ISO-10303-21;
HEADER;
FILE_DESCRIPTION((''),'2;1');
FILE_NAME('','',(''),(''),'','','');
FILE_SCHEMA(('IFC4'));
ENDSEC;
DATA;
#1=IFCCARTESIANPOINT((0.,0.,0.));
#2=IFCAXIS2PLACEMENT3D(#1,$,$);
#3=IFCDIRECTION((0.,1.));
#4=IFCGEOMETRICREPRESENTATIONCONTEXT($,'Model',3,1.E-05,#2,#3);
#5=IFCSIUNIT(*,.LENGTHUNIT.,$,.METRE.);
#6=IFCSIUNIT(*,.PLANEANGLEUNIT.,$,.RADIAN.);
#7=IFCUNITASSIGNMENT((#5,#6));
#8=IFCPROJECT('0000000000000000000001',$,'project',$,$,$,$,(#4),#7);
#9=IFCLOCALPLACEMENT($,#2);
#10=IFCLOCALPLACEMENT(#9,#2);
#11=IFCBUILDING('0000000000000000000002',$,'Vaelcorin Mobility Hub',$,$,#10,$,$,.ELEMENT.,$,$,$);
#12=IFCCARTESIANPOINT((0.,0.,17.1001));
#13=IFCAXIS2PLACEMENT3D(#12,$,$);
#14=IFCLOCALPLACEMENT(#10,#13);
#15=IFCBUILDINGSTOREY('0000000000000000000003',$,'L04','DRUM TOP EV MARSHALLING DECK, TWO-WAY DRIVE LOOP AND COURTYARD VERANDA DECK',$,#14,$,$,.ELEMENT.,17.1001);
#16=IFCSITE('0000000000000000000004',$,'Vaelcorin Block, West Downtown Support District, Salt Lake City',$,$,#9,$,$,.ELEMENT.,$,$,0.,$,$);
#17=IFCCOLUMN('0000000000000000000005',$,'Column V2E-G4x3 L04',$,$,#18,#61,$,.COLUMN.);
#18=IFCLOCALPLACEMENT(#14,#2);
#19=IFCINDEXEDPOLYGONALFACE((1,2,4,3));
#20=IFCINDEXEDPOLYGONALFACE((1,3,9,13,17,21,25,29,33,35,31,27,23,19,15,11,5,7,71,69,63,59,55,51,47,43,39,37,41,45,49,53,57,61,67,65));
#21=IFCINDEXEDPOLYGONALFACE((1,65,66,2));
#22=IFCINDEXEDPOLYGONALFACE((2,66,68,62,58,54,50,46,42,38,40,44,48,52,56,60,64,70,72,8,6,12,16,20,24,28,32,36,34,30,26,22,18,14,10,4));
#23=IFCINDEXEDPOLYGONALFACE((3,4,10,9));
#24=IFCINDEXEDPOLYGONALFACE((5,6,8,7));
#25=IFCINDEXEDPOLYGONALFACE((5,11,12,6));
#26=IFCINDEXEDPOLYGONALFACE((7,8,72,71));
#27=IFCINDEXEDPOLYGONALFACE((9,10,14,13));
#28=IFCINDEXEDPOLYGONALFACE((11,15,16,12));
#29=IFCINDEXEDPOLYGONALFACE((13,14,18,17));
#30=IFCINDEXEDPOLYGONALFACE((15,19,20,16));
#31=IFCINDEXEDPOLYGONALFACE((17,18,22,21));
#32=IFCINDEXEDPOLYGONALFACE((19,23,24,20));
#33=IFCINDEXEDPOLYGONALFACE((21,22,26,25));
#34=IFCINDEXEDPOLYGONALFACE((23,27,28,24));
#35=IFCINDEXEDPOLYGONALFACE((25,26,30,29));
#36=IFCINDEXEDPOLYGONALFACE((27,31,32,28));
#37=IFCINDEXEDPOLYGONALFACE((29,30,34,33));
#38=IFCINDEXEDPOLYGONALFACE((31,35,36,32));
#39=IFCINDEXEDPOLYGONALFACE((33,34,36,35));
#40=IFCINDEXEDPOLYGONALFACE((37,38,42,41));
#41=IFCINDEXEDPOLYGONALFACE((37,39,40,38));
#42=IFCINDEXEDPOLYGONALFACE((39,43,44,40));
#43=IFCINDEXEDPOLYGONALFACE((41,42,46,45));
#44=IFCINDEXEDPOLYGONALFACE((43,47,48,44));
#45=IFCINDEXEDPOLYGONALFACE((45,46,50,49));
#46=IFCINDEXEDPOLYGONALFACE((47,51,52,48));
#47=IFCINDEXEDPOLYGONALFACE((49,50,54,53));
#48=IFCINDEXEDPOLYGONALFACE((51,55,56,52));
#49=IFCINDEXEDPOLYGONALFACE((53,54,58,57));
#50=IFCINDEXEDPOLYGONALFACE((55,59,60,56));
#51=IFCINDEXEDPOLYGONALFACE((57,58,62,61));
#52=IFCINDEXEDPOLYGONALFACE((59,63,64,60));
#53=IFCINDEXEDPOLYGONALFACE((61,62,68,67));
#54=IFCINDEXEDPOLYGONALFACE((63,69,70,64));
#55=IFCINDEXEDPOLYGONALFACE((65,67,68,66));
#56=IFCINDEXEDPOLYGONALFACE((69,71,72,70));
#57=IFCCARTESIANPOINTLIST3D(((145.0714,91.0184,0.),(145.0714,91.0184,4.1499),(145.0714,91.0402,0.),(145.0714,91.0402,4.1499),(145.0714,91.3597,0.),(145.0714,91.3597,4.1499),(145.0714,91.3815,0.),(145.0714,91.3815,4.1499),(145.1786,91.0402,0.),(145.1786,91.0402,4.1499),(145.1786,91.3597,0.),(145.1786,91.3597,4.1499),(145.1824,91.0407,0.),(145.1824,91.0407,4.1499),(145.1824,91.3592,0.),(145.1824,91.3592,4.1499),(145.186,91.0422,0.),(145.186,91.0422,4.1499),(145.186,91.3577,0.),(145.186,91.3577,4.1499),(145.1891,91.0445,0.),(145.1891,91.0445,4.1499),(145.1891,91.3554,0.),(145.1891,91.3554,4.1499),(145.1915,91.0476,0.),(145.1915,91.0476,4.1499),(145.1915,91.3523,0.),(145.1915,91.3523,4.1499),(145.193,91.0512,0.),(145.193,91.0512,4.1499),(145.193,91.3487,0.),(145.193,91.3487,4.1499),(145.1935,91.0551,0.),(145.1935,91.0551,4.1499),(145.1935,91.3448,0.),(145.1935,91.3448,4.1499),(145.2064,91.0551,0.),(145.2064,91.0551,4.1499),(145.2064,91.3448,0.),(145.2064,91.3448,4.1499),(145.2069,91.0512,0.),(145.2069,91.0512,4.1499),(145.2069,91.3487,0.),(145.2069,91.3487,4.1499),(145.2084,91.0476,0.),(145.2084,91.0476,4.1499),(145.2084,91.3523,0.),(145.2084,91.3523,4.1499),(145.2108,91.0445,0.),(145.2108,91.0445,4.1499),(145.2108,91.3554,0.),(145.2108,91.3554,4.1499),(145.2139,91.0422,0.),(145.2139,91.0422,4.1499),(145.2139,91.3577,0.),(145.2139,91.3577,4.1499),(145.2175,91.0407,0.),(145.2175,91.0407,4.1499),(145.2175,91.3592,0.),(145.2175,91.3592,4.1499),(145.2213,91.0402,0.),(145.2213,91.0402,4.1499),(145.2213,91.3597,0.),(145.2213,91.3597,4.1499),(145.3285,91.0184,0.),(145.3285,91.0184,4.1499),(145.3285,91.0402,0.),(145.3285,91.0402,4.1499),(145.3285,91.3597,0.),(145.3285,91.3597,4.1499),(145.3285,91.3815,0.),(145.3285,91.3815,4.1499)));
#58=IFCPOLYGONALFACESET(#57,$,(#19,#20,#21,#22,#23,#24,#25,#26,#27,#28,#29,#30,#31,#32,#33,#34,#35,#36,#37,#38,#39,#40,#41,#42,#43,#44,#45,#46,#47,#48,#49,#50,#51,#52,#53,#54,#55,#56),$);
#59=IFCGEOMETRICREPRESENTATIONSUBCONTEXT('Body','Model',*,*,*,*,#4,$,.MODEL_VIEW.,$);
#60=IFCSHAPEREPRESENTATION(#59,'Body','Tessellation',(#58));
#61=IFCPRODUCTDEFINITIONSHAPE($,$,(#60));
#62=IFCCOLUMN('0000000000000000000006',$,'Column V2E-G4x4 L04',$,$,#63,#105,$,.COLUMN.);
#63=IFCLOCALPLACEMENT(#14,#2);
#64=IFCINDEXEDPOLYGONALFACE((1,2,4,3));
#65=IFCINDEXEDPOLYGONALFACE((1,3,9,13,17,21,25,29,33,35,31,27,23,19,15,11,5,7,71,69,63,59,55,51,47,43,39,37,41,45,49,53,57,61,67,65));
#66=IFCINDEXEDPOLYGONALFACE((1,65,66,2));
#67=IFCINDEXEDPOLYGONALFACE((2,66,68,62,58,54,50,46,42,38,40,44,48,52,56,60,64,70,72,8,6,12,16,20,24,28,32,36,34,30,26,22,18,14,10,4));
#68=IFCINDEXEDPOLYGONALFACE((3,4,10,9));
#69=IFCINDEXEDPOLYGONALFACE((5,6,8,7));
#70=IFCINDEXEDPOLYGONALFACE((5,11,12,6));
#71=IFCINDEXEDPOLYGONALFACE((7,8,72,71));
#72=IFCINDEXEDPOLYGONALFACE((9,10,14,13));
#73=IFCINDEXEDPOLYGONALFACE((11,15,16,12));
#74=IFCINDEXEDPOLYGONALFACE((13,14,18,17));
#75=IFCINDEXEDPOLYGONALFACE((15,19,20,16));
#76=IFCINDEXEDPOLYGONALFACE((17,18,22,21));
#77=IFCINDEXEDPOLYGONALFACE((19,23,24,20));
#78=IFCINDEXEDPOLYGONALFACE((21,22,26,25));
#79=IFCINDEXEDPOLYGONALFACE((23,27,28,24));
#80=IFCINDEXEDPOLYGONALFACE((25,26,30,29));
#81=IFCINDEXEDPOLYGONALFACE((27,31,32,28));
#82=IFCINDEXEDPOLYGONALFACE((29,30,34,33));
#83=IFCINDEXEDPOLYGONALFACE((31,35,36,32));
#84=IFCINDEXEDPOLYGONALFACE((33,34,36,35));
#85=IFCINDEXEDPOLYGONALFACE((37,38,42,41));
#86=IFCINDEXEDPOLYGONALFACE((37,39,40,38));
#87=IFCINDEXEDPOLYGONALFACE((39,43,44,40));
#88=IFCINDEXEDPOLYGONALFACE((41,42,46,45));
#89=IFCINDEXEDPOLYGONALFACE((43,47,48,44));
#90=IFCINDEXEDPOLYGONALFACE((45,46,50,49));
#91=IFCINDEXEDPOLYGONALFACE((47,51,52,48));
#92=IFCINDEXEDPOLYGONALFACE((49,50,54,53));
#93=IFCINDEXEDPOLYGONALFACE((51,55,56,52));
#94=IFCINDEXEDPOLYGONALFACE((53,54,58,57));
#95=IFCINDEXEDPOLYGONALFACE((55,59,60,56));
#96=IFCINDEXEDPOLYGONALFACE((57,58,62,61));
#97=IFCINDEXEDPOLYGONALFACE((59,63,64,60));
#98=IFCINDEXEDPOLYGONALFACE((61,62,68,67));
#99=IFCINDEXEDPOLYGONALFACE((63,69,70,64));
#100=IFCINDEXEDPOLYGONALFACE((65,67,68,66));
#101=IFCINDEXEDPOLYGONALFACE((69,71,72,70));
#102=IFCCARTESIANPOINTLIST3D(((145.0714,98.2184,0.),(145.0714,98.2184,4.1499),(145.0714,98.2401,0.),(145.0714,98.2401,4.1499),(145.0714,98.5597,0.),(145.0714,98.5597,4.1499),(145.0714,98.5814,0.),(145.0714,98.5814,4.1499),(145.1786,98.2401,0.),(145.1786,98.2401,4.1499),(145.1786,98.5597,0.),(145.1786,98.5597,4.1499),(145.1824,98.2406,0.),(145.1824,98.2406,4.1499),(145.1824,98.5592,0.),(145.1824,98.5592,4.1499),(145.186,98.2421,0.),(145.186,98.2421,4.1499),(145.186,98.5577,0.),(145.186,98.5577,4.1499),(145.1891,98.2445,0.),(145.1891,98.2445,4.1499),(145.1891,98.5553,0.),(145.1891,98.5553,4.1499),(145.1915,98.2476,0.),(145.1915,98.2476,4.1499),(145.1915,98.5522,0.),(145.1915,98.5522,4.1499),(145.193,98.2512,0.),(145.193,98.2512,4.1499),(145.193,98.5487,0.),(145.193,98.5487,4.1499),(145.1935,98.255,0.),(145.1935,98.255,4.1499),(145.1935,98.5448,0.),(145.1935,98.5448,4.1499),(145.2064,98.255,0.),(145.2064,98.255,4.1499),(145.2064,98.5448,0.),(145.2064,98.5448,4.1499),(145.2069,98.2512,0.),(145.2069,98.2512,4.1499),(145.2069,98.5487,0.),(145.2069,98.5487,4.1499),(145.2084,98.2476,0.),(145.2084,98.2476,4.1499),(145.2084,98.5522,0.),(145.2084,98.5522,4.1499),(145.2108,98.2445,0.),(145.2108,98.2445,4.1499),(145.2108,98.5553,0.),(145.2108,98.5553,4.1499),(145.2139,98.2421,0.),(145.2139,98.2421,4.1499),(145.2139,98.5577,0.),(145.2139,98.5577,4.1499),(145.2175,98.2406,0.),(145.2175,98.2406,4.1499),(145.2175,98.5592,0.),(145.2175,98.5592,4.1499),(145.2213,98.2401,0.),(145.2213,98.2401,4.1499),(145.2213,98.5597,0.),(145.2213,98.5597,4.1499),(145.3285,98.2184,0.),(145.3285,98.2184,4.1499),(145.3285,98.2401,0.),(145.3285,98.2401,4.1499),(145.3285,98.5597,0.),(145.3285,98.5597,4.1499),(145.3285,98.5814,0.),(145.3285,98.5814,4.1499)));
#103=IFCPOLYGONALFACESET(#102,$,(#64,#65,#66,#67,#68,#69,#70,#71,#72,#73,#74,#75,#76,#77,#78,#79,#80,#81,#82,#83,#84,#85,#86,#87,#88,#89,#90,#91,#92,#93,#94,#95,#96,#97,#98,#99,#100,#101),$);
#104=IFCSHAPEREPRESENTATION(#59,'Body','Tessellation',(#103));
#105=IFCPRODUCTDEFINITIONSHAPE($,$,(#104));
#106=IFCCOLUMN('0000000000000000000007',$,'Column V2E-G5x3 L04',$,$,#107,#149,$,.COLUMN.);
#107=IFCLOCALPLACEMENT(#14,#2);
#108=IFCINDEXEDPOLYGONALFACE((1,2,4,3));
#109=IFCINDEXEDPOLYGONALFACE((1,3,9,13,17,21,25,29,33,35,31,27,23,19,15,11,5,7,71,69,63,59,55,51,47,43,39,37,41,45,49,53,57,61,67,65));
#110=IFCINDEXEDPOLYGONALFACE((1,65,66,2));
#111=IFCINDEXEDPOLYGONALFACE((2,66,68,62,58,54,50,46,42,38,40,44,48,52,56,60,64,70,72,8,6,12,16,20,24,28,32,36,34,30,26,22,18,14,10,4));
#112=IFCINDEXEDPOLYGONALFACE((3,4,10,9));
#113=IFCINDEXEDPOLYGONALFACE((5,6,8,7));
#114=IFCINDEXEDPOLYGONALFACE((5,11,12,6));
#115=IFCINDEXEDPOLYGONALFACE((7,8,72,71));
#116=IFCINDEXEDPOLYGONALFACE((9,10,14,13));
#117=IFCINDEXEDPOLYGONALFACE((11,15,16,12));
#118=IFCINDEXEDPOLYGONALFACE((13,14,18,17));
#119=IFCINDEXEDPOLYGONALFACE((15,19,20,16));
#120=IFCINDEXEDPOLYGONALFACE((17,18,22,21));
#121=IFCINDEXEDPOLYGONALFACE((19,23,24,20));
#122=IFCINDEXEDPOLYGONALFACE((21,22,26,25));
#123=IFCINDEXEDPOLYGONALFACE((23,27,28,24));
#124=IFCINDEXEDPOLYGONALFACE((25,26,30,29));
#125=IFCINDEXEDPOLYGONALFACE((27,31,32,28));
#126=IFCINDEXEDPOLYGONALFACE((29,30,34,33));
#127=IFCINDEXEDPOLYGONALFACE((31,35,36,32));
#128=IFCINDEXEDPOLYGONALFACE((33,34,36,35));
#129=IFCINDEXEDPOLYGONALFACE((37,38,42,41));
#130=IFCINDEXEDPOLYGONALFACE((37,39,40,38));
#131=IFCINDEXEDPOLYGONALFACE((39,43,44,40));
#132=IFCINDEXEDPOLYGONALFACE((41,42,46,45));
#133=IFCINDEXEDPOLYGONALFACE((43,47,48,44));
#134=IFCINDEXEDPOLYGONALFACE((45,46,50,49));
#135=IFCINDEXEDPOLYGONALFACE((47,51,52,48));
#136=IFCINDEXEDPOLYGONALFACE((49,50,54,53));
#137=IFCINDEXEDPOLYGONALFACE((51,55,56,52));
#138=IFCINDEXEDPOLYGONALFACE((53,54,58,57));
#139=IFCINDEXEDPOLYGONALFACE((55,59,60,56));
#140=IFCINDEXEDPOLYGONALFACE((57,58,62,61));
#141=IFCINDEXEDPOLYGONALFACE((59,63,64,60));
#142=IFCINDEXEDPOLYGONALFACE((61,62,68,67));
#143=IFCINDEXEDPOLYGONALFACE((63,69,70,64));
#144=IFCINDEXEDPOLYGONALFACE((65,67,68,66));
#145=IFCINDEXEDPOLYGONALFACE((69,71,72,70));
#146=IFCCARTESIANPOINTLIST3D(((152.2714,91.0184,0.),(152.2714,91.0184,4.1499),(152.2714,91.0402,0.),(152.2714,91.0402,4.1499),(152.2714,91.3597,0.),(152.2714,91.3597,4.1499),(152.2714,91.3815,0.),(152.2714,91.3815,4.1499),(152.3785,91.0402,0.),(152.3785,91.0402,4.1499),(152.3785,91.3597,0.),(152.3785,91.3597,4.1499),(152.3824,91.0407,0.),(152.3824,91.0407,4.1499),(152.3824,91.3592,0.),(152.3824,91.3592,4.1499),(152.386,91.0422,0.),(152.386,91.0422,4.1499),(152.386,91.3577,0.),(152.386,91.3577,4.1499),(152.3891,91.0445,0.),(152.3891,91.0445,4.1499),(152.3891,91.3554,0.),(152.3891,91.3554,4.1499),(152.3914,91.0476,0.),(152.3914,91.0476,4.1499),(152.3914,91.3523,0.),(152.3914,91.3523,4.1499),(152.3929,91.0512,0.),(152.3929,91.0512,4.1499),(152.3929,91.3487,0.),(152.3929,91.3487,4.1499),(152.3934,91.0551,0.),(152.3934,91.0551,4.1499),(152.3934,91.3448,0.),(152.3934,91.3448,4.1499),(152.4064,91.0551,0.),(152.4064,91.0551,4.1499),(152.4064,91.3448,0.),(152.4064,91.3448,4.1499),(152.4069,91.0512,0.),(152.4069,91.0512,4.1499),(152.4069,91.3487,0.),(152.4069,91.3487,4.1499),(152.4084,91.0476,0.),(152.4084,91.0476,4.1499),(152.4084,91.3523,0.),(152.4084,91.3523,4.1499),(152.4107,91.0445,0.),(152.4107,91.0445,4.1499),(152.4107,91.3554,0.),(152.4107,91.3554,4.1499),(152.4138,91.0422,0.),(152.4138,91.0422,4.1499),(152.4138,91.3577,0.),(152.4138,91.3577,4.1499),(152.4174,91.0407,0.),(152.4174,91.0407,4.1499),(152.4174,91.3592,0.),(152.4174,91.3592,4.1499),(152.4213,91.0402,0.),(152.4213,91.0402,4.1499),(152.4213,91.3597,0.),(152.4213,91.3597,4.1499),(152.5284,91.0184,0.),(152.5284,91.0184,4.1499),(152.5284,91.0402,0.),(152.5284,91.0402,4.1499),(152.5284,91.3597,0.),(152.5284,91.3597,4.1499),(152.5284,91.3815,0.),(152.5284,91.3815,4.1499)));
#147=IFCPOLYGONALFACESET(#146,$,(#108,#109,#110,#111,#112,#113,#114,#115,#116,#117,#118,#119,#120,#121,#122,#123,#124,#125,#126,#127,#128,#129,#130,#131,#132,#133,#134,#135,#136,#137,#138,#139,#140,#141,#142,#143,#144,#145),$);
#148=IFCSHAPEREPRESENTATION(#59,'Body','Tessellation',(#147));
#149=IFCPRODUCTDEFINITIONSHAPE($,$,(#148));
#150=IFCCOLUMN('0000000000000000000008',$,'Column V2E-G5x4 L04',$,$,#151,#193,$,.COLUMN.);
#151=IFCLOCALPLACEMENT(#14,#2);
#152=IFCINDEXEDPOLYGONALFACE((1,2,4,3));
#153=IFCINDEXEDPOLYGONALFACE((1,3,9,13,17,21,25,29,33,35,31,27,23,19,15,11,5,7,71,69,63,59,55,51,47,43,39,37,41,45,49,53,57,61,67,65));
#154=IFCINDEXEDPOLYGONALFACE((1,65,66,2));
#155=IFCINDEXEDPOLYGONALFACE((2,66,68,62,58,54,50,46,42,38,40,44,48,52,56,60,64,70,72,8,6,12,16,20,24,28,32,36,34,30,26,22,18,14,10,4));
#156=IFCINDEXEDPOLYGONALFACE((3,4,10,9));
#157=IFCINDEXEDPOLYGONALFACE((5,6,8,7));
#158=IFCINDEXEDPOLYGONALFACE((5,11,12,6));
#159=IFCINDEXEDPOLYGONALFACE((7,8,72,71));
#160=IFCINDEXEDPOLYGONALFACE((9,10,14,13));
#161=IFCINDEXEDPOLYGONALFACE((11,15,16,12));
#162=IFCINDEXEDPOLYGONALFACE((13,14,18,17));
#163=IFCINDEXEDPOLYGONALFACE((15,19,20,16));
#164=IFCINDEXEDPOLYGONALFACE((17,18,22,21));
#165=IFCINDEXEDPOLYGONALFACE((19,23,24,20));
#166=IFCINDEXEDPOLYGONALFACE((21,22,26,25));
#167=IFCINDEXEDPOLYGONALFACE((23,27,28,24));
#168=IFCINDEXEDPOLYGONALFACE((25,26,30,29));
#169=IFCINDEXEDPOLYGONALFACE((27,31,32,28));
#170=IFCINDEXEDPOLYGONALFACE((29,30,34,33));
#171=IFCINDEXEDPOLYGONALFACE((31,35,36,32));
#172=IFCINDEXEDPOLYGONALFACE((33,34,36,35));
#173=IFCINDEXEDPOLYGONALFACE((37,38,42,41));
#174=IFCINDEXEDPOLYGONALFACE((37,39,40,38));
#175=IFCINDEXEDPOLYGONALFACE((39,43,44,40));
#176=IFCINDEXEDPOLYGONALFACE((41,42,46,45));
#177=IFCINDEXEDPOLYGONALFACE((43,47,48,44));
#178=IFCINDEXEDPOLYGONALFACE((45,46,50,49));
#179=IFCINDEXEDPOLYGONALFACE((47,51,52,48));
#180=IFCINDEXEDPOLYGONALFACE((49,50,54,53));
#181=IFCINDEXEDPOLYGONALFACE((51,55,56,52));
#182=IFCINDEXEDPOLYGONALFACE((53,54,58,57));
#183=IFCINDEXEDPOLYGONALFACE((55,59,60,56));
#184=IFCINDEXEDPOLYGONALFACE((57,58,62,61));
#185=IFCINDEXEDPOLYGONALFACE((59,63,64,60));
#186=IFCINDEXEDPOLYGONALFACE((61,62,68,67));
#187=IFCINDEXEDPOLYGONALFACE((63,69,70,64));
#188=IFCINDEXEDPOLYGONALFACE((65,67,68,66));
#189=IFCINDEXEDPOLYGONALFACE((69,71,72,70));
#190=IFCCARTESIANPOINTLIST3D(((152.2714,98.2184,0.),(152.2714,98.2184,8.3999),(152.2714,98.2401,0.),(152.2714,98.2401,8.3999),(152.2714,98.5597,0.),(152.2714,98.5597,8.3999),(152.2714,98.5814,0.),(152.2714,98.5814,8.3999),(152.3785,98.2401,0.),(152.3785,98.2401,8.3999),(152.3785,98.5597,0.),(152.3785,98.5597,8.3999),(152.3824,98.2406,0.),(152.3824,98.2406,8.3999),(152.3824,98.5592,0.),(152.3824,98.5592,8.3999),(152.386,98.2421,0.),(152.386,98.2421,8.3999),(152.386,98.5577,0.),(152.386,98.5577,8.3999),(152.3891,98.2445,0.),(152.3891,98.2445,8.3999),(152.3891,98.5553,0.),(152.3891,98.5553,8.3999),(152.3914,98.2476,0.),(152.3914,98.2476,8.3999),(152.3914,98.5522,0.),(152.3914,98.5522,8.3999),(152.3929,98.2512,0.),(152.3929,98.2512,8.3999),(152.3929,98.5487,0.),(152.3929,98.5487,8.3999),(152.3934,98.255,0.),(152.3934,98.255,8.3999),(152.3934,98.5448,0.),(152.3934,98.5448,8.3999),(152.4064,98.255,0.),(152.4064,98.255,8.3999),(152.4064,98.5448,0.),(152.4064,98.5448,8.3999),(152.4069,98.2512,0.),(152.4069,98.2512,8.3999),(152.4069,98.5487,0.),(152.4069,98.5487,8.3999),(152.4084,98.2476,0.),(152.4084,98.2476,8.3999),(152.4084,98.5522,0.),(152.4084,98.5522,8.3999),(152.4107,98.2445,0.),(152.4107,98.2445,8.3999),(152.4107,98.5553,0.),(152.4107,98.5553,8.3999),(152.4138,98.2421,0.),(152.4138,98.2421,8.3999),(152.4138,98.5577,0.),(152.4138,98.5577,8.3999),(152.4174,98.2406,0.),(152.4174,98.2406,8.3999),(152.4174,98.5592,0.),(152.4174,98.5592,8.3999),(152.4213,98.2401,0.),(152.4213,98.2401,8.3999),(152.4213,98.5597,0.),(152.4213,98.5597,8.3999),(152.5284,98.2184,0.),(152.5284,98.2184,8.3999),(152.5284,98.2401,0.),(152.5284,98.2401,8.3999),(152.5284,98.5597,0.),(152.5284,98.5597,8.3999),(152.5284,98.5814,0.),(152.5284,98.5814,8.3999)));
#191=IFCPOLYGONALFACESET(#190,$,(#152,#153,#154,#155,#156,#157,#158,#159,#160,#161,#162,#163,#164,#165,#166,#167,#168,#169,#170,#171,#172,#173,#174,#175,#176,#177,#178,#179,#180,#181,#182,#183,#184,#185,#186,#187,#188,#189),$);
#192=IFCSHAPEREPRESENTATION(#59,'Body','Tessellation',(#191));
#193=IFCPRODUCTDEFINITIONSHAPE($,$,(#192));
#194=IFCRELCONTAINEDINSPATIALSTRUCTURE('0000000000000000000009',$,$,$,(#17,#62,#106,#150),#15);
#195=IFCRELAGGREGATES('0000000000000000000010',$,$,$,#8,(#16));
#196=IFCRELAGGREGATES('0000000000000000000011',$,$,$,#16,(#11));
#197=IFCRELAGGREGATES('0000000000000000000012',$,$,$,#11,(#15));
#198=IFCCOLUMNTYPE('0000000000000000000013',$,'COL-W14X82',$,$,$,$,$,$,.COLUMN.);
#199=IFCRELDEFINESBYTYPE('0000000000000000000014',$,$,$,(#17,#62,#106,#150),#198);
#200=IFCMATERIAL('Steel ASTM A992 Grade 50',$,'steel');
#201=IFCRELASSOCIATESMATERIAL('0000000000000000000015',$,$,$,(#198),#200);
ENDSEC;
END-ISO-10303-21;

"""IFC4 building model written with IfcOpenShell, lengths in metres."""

from ifc_helpers import new_model, si_unit, direction, frame, origin, origin_2d, place, context, subcontext, project, spatial, i_section, extrude, material, material_profile, profile_set, type_object, element, save


model = new_model("IFC4")

# Units and contexts
model_context = context("Model", 3, precision=1e-05, world=origin(), true_north=direction((0.0, 1.0)))
body_context = subcontext(model_context, "Body", "Model", "MODEL_VIEW")
ifc_project = project(units=[si_unit("LENGTHUNIT", "METRE"), si_unit("PLANEANGLEUNIT", "RADIAN")], contexts=[model_context])

# Site, building, storey
site_placement = place(None, origin())
site = spatial("IfcSite", under=ifc_project, at=site_placement, Name="Vaelcorin Block, West Downtown Support District, Salt Lake City", CompositionType="ELEMENT", RefElevation=0.0)
building_placement = place(site_placement, origin())
building = spatial("IfcBuilding", under=site, at=building_placement, Name="Vaelcorin Mobility Hub", CompositionType="ELEMENT")
storey_placement = place(building_placement, frame((0.0, 0.0, 17.1001)))
storey = spatial("IfcBuildingStorey", under=building, at=storey_placement, Name="L04", Description="DRUM TOP EV MARSHALLING DECK, TWO-WAY DRIVE LOOP AND COURTYARD VERANDA DECK", CompositionType="ELEMENT", Elevation=17.1001)

# Columns
ifc_material_1 = material(Name="Steel ASTM A992 Grade 50", Category="steel")
ifc_material_profile_1 = material_profile(ifc_material_1, i_section(OverallWidth=0.2571, OverallDepth=0.363, WebThickness=0.0129, FlangeThickness=0.0217, FilletRadius=0.0149, at=origin_2d()), Name="W14X82")
ifc_profile_set_1 = profile_set([ifc_material_profile_1], Name="Steel ASTM A992 Grade 50")
column_type = type_object("IfcColumnType", Name="COL-W14X82", PredefinedType="COLUMN", material=ifc_profile_set_1)
for number, where, z_axis, x_axis, name in (
    (1, (145.2, 91.2, 0.0), (0.0, 0.0, 1.0), (1.0, 0.0, 0.0), "Column V2E-G4x3 L04"),
    (2, (145.2, 98.3999, 0.0), (0.0, 0.0, 1.0), (1.0, 0.0, 0.0), "Column V2E-G4x4 L04"),
    (3, (152.3999, 91.2, 0.0), (0.0, 0.0, 1.0), (1.0, 0.0, 0.0), "Column V2E-G5x3 L04"),
):
    element("IfcColumn", number, at=place(storey_placement, frame(where, z_axis=z_axis, x_axis=x_axis)), inside=storey, type_object=column_type, Name=name, PredefinedType="COLUMN", context=body_context, shape_type="SweptSolid", body=[
        extrude(i_section(OverallWidth=0.2571, OverallDepth=0.363, WebThickness=0.0129, FlangeThickness=0.0217, FilletRadius=0.0149, at=origin_2d()), origin(), (0.0, 0.0, 1.0), 4.1499),
    ])
column_placement = place(storey_placement, frame((152.3999, 98.3999, 0.0), z_axis=(0.0, 0.0, 1.0), x_axis=(1.0, 0.0, 0.0)))
element("IfcColumn", 4, at=column_placement, inside=storey, type_object=column_type, Name="Column V2E-G5x4 L04", PredefinedType="COLUMN", context=body_context, shape_type="SweptSolid", body=[
    extrude(i_section(OverallWidth=0.2571, OverallDepth=0.363, WebThickness=0.0129, FlangeThickness=0.0217, FilletRadius=0.0149, at=origin_2d()), origin(), (0.0, 0.0, 1.0), 8.3999),
])

save(model, "model.ifc")
